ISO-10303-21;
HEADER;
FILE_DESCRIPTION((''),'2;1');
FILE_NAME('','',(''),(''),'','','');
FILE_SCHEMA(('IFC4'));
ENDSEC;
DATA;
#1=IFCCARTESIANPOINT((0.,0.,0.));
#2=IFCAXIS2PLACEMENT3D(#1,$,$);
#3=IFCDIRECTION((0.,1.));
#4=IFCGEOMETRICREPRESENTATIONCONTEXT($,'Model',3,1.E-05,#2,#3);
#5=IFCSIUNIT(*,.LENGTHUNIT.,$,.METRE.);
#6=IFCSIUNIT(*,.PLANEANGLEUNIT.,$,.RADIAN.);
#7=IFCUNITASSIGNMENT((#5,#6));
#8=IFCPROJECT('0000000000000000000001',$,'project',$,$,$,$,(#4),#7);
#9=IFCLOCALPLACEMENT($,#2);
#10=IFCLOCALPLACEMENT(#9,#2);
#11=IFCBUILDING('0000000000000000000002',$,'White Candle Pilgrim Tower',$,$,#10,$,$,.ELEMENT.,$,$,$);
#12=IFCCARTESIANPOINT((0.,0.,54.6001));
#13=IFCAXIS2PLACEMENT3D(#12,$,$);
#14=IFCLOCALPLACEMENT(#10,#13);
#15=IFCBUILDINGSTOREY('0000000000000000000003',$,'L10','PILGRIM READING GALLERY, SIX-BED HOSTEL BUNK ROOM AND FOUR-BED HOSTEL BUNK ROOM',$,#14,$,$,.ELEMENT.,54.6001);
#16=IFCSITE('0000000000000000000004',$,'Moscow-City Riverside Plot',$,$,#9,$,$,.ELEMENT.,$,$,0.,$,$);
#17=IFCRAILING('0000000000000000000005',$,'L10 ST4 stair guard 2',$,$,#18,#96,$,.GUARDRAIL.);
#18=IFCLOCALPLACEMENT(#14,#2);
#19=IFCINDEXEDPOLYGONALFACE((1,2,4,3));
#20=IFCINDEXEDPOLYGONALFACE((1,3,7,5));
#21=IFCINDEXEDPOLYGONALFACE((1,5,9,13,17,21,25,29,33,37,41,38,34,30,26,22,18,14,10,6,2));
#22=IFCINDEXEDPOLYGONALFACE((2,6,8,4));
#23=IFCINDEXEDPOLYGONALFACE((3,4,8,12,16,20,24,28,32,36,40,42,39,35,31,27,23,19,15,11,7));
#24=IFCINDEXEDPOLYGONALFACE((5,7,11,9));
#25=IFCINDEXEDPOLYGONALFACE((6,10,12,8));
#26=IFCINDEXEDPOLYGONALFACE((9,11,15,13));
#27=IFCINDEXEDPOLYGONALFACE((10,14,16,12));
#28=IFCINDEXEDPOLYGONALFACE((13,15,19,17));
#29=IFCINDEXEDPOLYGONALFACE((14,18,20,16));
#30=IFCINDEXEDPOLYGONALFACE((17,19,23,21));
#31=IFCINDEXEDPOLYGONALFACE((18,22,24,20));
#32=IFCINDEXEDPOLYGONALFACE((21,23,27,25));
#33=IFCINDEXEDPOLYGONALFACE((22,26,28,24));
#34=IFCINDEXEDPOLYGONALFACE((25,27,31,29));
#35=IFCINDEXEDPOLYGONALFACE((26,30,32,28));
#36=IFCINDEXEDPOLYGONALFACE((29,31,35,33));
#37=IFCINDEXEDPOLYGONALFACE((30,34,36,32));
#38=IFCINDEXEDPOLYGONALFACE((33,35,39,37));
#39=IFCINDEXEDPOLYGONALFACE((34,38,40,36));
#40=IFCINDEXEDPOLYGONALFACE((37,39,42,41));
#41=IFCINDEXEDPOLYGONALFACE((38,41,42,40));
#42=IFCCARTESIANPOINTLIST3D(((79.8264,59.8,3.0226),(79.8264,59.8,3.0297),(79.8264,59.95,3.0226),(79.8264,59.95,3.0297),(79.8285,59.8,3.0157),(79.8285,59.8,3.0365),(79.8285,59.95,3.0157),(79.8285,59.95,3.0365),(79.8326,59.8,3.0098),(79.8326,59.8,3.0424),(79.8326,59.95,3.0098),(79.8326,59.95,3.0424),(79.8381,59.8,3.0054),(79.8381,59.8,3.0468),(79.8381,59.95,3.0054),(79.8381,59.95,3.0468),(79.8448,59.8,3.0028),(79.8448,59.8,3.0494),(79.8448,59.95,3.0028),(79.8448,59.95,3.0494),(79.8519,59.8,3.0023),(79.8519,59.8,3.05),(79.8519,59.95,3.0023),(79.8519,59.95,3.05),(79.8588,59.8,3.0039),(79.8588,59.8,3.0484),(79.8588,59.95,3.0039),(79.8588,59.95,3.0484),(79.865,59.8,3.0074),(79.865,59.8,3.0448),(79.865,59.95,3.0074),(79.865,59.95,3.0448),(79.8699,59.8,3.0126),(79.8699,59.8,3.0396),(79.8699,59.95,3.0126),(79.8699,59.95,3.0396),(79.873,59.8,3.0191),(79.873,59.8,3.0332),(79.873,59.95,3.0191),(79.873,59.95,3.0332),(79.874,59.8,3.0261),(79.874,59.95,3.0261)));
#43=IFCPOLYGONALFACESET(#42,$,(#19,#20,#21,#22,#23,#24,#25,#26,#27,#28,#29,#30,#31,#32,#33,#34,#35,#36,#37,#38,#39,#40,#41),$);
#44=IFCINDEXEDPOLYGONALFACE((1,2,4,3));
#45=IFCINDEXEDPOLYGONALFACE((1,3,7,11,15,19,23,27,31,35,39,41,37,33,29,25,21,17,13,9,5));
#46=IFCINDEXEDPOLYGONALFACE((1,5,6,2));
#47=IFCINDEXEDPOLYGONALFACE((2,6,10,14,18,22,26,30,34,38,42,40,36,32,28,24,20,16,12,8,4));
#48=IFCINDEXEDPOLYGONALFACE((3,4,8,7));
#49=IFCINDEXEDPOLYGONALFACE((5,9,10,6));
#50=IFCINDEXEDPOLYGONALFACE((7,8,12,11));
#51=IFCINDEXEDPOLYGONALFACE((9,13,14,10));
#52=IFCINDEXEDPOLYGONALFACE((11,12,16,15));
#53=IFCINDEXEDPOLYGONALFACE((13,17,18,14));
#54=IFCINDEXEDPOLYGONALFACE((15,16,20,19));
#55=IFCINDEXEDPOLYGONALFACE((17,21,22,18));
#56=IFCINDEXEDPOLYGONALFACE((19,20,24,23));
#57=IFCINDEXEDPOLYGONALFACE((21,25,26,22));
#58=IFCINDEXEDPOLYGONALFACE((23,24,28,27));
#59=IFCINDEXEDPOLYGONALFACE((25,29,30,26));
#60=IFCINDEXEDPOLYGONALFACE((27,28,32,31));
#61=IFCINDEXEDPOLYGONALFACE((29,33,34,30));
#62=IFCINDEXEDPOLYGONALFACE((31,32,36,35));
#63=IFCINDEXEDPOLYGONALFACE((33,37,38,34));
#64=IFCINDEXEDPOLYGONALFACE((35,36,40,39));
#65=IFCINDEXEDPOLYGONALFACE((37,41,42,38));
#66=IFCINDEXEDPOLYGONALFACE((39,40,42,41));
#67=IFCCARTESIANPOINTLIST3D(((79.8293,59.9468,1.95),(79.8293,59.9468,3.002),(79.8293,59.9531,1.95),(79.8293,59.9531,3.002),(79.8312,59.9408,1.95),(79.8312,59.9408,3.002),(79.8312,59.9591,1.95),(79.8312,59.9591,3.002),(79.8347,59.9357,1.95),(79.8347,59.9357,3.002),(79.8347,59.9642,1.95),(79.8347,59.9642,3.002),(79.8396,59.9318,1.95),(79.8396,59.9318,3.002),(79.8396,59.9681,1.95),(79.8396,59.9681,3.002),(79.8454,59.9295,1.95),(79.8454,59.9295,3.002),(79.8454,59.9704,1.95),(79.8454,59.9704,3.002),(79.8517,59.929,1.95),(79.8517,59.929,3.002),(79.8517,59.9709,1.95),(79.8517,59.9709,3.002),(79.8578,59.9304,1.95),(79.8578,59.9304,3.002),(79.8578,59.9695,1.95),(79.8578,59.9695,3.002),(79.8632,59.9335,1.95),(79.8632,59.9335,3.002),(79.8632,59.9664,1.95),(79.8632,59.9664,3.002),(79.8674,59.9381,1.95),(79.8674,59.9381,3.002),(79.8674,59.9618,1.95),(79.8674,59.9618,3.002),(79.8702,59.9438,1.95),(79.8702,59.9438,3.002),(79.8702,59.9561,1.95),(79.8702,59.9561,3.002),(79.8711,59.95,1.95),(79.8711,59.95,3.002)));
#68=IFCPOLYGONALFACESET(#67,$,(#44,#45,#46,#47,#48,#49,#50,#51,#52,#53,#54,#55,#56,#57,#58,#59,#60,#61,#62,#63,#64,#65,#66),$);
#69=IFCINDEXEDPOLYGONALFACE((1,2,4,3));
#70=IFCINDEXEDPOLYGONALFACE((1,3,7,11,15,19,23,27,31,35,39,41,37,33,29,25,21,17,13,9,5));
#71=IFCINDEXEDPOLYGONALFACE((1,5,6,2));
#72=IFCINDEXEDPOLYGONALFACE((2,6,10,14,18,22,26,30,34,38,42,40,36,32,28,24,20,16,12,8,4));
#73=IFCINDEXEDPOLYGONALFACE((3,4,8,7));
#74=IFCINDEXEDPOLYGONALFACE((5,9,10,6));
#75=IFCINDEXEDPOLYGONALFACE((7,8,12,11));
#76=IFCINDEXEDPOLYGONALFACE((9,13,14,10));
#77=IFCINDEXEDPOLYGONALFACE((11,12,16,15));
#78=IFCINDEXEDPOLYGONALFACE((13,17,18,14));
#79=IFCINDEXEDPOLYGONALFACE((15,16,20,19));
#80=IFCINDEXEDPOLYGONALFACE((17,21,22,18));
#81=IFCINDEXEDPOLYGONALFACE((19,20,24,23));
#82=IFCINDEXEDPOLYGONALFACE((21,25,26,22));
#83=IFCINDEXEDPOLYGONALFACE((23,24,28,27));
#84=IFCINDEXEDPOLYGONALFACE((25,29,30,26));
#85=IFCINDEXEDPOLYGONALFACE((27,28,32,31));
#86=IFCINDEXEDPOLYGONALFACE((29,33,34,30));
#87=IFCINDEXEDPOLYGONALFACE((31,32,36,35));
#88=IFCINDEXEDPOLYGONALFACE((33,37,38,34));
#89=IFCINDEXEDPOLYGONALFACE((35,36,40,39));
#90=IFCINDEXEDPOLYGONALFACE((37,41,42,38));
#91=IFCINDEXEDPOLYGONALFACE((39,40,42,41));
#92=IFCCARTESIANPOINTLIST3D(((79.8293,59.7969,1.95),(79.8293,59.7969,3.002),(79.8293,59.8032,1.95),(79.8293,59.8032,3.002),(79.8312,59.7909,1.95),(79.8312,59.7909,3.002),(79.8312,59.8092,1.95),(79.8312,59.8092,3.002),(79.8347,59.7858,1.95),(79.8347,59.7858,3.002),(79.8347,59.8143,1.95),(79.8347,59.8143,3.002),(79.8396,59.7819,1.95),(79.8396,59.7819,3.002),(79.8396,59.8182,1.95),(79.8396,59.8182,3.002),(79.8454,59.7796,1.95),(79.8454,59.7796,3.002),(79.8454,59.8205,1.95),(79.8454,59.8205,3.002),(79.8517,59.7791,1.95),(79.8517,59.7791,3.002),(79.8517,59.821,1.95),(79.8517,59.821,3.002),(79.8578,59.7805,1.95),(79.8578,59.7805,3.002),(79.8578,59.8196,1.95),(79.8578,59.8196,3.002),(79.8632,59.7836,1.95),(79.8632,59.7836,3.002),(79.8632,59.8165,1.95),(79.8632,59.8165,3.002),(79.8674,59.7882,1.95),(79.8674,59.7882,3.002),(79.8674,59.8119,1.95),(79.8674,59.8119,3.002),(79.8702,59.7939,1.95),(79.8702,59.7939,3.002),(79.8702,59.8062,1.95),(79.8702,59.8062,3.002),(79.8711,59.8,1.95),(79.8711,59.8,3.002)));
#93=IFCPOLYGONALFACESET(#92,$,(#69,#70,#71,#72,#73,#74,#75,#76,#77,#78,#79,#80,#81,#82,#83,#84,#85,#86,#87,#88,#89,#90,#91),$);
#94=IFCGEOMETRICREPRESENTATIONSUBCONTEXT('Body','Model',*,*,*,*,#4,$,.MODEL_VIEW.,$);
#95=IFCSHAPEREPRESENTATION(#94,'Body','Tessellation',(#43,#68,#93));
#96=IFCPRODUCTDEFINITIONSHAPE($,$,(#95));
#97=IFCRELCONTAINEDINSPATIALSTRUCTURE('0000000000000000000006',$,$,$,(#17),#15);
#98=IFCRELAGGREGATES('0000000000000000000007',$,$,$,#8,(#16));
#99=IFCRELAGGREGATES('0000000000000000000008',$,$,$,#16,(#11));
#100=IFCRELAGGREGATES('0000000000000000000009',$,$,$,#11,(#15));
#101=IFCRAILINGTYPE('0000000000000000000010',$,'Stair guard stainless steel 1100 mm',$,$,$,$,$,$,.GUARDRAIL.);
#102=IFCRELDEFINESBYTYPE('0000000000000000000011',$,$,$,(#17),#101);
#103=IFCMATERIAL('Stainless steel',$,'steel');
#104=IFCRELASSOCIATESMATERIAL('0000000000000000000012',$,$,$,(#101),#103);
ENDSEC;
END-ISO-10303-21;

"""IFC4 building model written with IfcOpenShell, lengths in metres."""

from ifc_helpers import new_model, si_unit, direction, frame, origin, origin_2d, place, context, subcontext, project, spatial, circle, extrude, material, type_object, element, save


model = new_model("IFC4")

# Units and contexts
model_context = context("Model", 3, precision=1e-05, world=origin(), true_north=direction((0.0, 1.0)))
body_context = subcontext(model_context, "Body", "Model", "MODEL_VIEW")
ifc_project = project(units=[si_unit("LENGTHUNIT", "METRE"), si_unit("PLANEANGLEUNIT", "RADIAN")], contexts=[model_context])

# Site, building, storey
site_placement = place(None, origin())
site = spatial("IfcSite", under=ifc_project, at=site_placement, Name="Moscow-City Riverside Plot", CompositionType="ELEMENT", RefElevation=0.0)
building_placement = place(site_placement, origin())
building = spatial("IfcBuilding", under=site, at=building_placement, Name="White Candle Pilgrim Tower", CompositionType="ELEMENT")
storey_placement = place(building_placement, frame((0.0, 0.0, 54.6001)))
storey = spatial("IfcBuildingStorey", under=building, at=storey_placement, Name="L10", Description="PILGRIM READING GALLERY, SIX-BED HOSTEL BUNK ROOM AND FOUR-BED HOSTEL BUNK ROOM", CompositionType="ELEMENT", Elevation=54.6001)

# Railing
ifc_material_1 = material(Name="Stainless steel", Category="steel")
railing_type_1 = type_object("IfcRailingType", Name="Stair guard stainless steel 1100 mm", PredefinedType="GUARDRAIL", material=ifc_material_1)
railing_1_placement = place(storey_placement, frame((79.8501, 59.95, 1.95)))
element("IfcRailing", 1, at=railing_1_placement, inside=storey, type_object=railing_type_1, Name="L10 ST4 stair guard 2", PredefinedType="GUARDRAIL", context=body_context, shape_type="SweptSolid", body=[
    extrude(circle(Radius=0.0239, at=origin_2d()), frame((0.0, 0.0, 1.0762), z_axis=(0.0, -1.0, 0.0), x_axis=(1.0, 0.0, 0.0)), (0.0, 0.0, 1.0), 0.1499),
    extrude(circle(Radius=0.021, at=origin_2d()), origin(), (0.0, 0.0, 1.0), 1.052),
    extrude(circle(Radius=0.021, at=origin_2d()), frame((0.0, -0.1499, 0.0)), (0.0, 0.0, 1.0), 1.052),
])

save(model, "model.ifc")
